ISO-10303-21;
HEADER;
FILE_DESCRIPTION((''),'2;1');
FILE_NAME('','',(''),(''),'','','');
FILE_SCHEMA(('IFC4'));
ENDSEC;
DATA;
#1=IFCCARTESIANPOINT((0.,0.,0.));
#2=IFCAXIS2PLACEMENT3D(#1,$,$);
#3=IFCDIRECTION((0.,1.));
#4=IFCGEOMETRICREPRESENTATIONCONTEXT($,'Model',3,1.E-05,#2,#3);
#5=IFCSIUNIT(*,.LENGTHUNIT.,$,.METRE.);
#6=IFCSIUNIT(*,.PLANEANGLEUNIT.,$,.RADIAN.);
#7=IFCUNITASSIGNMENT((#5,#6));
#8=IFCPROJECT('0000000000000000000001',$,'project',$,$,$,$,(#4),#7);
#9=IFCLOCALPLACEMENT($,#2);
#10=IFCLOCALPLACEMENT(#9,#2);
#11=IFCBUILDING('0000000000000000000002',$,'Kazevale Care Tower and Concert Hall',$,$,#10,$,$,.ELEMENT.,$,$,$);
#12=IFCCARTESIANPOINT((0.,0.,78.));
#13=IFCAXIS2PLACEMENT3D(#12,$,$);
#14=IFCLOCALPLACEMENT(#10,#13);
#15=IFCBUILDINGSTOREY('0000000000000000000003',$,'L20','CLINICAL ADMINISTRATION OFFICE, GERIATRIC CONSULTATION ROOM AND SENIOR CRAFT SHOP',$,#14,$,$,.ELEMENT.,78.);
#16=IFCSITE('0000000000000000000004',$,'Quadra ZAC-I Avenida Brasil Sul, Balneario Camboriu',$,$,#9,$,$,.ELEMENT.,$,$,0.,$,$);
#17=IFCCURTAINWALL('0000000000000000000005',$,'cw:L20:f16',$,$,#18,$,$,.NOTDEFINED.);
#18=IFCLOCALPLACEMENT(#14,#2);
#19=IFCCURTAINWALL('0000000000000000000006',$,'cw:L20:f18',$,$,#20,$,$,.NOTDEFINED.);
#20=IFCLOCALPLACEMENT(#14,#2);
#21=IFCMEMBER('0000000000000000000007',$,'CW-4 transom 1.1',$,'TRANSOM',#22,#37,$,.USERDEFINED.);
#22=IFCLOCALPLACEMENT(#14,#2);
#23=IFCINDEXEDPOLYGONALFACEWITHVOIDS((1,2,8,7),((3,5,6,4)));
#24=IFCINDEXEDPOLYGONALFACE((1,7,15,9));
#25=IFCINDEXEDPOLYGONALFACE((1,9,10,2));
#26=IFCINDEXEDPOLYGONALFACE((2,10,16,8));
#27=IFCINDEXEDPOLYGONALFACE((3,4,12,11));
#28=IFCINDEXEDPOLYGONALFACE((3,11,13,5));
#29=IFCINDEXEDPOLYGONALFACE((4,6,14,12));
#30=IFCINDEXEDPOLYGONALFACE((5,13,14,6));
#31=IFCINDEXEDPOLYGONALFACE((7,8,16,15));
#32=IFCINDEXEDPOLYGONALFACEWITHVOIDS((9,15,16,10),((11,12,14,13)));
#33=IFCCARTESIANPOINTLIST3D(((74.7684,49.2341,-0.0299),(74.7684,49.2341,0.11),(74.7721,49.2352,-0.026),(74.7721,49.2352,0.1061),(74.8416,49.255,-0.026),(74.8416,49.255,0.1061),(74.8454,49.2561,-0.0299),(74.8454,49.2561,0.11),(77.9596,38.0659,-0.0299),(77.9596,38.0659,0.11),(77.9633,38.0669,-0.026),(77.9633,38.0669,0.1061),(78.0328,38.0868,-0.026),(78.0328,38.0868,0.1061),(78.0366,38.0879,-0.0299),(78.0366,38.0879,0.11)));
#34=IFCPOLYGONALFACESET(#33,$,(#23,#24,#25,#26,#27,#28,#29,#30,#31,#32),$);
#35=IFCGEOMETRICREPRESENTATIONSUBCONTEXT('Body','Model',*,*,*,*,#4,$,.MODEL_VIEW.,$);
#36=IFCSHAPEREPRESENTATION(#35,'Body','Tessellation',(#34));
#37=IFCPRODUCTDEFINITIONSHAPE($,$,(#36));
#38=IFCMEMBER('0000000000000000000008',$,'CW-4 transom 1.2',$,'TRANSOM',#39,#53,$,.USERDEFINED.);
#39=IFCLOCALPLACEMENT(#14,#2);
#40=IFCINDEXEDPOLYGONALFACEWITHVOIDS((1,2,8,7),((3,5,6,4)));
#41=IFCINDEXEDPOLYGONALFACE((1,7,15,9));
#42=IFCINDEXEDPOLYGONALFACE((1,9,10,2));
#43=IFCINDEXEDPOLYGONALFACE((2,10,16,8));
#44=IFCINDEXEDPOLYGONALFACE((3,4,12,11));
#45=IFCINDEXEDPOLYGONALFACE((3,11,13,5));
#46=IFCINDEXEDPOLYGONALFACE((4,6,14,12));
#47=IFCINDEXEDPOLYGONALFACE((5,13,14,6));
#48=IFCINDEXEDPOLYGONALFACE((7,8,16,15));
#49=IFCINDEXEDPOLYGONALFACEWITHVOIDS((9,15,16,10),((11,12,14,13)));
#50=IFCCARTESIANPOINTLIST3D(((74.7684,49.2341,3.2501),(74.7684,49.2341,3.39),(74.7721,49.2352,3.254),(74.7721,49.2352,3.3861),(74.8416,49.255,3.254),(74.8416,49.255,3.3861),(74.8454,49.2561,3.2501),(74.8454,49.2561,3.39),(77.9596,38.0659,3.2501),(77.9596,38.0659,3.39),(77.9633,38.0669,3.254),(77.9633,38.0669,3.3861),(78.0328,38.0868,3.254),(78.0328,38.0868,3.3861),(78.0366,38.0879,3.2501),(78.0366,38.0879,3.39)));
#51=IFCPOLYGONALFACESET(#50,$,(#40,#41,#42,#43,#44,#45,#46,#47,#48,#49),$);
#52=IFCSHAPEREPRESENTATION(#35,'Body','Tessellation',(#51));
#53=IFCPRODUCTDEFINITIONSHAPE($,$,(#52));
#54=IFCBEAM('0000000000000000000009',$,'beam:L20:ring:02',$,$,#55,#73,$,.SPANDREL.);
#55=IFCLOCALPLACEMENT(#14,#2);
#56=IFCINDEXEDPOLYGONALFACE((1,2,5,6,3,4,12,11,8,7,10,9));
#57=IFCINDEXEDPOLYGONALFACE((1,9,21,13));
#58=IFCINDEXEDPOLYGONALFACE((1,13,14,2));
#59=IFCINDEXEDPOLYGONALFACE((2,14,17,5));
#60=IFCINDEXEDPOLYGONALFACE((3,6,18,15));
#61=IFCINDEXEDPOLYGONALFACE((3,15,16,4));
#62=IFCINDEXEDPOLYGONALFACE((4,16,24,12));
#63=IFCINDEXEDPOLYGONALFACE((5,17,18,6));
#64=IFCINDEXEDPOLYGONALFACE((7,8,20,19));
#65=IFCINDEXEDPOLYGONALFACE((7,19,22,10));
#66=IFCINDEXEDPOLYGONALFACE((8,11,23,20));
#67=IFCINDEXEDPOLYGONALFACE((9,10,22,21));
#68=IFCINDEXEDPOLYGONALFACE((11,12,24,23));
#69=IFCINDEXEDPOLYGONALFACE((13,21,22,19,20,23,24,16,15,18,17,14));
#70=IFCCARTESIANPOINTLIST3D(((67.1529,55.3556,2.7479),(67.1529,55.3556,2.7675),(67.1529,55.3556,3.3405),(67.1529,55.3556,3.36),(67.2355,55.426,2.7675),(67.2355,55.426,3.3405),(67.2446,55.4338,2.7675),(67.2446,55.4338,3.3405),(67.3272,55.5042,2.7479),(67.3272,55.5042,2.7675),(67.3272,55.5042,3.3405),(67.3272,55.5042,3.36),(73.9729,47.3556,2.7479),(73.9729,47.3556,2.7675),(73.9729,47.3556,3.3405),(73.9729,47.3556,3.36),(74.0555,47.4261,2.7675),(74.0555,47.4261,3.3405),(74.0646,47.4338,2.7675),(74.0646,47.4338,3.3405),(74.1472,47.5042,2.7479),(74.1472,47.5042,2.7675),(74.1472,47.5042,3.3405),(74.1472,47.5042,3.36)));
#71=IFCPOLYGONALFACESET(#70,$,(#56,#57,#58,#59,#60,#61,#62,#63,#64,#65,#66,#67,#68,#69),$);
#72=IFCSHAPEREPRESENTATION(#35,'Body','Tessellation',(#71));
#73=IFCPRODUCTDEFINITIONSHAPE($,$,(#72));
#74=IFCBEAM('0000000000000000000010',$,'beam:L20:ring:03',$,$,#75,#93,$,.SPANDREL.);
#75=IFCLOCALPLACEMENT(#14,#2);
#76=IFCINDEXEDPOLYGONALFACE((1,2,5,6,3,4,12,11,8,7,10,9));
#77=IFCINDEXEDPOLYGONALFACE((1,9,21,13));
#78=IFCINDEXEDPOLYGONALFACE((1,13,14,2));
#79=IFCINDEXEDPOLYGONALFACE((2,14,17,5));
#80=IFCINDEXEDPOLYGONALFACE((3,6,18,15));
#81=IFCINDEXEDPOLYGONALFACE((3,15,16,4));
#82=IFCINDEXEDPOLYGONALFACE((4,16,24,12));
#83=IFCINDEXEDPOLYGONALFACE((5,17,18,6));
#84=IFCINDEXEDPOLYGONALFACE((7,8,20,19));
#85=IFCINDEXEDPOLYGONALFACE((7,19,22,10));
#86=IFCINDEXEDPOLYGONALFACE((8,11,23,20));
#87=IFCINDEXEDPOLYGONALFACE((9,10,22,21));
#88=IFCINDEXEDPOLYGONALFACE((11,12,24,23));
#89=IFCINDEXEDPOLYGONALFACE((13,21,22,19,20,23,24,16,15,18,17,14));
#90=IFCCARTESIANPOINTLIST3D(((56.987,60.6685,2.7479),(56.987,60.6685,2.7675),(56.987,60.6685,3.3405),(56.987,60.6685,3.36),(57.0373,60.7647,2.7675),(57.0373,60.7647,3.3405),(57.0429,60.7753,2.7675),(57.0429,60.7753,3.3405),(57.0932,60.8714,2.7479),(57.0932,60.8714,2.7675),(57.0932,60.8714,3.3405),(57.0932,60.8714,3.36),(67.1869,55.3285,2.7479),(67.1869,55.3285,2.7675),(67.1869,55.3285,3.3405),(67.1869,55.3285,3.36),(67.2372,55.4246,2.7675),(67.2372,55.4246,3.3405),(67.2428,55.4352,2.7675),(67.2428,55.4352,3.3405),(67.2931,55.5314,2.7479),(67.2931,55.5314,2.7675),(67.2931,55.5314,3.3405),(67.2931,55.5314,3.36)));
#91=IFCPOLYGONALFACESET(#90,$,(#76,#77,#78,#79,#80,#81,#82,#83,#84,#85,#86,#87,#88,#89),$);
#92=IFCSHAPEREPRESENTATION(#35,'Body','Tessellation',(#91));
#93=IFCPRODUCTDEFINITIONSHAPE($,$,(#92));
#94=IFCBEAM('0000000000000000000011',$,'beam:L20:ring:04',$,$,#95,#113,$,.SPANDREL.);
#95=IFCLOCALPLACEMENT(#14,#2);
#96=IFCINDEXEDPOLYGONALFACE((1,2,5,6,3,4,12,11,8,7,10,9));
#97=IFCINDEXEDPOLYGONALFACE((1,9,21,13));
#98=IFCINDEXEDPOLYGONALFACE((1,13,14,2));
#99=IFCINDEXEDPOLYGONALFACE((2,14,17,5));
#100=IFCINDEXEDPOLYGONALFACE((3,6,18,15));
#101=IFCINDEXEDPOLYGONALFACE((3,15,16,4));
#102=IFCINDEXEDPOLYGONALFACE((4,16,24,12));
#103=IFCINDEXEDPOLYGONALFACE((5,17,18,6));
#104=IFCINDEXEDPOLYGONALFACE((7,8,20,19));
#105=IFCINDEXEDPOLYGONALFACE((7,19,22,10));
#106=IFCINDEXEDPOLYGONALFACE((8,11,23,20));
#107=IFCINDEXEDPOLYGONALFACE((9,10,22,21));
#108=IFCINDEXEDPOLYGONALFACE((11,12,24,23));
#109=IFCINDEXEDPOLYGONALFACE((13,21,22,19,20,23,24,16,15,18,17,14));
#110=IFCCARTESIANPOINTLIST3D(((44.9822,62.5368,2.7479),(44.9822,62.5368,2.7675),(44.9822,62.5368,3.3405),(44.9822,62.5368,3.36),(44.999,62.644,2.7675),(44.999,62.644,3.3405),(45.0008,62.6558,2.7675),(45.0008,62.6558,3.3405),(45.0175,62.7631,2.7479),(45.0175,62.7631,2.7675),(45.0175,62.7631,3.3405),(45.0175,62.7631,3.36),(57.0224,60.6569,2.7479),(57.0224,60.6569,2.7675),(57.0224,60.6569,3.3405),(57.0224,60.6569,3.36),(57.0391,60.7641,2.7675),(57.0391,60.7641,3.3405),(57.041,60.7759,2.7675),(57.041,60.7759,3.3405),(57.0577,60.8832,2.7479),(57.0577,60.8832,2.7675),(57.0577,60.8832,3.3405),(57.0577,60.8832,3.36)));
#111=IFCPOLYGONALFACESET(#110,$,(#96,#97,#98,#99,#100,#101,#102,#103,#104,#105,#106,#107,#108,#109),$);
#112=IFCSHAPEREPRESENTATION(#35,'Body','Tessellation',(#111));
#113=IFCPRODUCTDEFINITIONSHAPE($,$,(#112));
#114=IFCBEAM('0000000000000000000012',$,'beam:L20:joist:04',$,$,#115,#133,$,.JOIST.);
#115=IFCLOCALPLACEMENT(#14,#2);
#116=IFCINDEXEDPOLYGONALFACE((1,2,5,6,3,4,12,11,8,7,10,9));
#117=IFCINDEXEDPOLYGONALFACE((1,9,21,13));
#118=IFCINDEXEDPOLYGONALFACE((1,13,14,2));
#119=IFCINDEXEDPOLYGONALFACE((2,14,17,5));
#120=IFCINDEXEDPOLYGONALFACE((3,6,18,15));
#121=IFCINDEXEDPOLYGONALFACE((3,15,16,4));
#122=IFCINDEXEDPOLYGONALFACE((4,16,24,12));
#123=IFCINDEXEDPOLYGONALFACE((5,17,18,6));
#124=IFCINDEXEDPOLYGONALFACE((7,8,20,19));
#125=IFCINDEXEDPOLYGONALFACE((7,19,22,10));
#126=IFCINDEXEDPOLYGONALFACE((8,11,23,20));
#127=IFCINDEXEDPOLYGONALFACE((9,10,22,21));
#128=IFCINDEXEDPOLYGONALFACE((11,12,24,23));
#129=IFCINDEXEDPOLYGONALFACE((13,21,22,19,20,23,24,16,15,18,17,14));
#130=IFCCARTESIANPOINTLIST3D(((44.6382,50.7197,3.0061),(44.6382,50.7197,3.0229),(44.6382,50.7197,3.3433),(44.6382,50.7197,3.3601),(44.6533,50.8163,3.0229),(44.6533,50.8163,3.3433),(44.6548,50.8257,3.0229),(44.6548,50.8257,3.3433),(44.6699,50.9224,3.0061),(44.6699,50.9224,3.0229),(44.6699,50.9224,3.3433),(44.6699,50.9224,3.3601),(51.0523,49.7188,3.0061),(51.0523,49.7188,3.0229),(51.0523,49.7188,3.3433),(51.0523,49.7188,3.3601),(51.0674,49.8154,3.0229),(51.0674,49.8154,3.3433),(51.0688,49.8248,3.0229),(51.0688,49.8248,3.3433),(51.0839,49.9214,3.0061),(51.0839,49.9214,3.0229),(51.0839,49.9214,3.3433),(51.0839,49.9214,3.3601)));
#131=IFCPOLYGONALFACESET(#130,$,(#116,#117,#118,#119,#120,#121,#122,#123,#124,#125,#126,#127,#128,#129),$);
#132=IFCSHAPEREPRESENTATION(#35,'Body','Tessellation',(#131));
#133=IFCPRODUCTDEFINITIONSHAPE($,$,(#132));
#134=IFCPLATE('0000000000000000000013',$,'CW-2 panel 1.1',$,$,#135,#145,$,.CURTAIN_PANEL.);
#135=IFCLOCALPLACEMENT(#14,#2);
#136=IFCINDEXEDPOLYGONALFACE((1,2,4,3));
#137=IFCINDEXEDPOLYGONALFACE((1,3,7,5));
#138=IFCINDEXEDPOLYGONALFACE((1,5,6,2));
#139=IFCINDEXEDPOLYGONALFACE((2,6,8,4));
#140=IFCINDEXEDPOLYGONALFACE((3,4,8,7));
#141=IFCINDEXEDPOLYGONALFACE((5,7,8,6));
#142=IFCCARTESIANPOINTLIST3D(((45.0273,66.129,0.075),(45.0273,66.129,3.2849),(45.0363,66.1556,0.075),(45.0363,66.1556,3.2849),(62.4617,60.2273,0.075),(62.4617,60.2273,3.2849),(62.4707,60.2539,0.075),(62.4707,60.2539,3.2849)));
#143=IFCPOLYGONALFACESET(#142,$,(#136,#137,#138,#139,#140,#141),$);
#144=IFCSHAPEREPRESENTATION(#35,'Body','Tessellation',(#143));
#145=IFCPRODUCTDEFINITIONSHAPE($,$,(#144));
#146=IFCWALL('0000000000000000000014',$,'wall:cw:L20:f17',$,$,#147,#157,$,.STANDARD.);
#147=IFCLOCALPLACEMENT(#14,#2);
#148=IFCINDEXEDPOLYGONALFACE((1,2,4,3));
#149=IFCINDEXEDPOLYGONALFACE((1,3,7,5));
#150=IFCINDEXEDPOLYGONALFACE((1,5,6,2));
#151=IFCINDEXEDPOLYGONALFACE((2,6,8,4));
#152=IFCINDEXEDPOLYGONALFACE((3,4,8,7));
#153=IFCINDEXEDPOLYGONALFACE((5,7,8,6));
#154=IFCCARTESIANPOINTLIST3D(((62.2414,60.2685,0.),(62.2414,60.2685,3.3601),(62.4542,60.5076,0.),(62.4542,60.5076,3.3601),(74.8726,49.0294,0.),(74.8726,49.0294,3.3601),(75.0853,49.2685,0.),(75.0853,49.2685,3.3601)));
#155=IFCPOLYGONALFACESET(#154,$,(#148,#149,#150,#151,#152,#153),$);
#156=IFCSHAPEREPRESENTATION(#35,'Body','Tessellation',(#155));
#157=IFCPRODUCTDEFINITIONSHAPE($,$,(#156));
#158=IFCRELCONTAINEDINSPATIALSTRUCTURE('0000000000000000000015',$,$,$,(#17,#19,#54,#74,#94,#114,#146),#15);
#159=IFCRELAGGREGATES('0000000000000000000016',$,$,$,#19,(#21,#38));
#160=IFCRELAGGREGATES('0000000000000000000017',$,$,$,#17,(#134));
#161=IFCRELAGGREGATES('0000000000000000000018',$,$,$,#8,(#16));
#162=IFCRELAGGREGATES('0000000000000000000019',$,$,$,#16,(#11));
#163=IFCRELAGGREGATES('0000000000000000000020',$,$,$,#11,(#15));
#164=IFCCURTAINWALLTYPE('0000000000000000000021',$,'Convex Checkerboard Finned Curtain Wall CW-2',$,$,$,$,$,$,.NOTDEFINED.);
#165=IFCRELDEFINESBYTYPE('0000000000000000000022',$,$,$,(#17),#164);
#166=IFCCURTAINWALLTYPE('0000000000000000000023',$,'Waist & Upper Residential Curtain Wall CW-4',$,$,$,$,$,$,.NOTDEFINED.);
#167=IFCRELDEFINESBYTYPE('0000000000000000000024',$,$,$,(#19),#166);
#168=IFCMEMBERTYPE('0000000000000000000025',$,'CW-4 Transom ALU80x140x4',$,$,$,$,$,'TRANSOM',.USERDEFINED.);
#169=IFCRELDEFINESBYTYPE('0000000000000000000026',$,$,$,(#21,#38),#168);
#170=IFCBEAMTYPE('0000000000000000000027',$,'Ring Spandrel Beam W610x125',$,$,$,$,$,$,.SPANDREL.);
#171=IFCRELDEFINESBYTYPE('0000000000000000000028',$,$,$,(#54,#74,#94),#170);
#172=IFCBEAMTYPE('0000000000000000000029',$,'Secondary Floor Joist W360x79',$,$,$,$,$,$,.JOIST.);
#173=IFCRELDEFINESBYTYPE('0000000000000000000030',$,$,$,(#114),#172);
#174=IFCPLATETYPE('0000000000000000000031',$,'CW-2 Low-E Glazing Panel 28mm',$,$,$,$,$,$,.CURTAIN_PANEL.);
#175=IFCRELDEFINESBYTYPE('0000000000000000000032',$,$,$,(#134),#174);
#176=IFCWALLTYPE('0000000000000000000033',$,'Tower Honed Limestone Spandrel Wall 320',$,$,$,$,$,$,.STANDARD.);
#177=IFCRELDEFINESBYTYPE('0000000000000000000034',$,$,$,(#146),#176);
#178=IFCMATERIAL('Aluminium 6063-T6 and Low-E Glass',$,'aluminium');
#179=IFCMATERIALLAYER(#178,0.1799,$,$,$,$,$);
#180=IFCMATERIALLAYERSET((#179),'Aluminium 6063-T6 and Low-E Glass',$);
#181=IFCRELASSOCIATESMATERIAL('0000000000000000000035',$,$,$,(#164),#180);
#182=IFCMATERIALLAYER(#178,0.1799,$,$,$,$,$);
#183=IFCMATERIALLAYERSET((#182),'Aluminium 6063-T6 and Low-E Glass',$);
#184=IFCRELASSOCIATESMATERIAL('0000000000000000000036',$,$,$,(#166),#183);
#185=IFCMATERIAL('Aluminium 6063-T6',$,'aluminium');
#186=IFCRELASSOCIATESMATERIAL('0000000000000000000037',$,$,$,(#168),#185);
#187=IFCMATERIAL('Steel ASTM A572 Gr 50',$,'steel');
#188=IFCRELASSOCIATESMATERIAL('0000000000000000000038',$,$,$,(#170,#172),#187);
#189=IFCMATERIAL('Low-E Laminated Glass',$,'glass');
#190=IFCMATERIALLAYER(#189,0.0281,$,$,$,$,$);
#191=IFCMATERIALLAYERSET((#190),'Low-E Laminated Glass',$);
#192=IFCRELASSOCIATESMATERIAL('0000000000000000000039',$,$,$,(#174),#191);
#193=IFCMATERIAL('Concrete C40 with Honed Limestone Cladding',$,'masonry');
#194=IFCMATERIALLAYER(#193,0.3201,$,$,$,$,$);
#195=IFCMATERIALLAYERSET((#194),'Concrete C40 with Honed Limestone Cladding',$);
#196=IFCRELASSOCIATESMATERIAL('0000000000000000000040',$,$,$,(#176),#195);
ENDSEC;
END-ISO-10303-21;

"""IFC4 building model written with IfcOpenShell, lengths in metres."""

from ifc_helpers import new_model, si_unit, direction, frame, frame_2d, origin, origin_2d, place, context, subcontext, project, spatial, rectangle, hollow_rectangle, i_section, extrude, material, layer, layer_set, material_profile, profile_set, type_object, element, aggregate, save


model = new_model("IFC4")

# Units and contexts
model_context = context("Model", 3, precision=1e-05, world=origin(), true_north=direction((0.0, 1.0)))
body_context = subcontext(model_context, "Body", "Model", "MODEL_VIEW")
ifc_project = project(units=[si_unit("LENGTHUNIT", "METRE"), si_unit("PLANEANGLEUNIT", "RADIAN")], contexts=[model_context])

# Site, building, storey
site_placement = place(None, origin())
site = spatial("IfcSite", under=ifc_project, at=site_placement, Name="Quadra ZAC-I Avenida Brasil Sul, Balneario Camboriu", CompositionType="ELEMENT", RefElevation=0.0)
building_placement = place(site_placement, origin())
building = spatial("IfcBuilding", under=site, at=building_placement, Name="Kazevale Care Tower and Concert Hall", CompositionType="ELEMENT")
storey_placement = place(building_placement, frame((0.0, 0.0, 78.0)))
storey = spatial("IfcBuildingStorey", under=building, at=storey_placement, Name="L20", Description="CLINICAL ADMINISTRATION OFFICE, GERIATRIC CONSULTATION ROOM AND SENIOR CRAFT SHOP", CompositionType="ELEMENT", Elevation=78.0)

# Curtain wall
ifc_material_1 = material(Name="Aluminium 6063-T6 and Low-E Glass", Category="aluminium")
ifc_layer_1 = layer(ifc_material_1, 0.1799)
ifc_layer_set_1 = layer_set([ifc_layer_1], Name="Aluminium 6063-T6 and Low-E Glass")
curtain_wall_type_1 = type_object("IfcCurtainWallType", Name="Convex Checkerboard Finned Curtain Wall CW-2", PredefinedType="NOTDEFINED", material=ifc_layer_set_1)
curtain_wall_1_placement = place(storey_placement, origin())
curtain_wall_1 = element("IfcCurtainWall", 1, at=curtain_wall_1_placement, inside=storey, type_object=curtain_wall_type_1, Name="cw:L20:f16", PredefinedType="NOTDEFINED")
ifc_material_2 = material(Name="Aluminium 6063-T6", Category="aluminium")

# Curtain wall, members
ifc_layer_2 = layer(ifc_material_1, 0.1799)
ifc_layer_set_2 = layer_set([ifc_layer_2], Name="Aluminium 6063-T6 and Low-E Glass")
curtain_wall_type_2 = type_object("IfcCurtainWallType", Name="Waist & Upper Residential Curtain Wall CW-4", PredefinedType="NOTDEFINED", material=ifc_layer_set_2)
curtain_wall_2_placement = place(storey_placement, origin())
curtain_wall_2 = element("IfcCurtainWall", 2, at=curtain_wall_2_placement, inside=storey, type_object=curtain_wall_type_2, Name="cw:L20:f18", PredefinedType="NOTDEFINED")
ifc_material_profile_1 = material_profile(ifc_material_2, hollow_rectangle(XDim=0.0801, YDim=0.1399, WallThickness=0.0039, at=origin_2d()), Name="ALU80x140x4")
ifc_profile_set_1 = profile_set([ifc_material_profile_1], Name="Aluminium 6063-T6")
member_type_1 = type_object("IfcMemberType", Name="CW-4 Transom ALU80x140x4", ElementType="TRANSOM", PredefinedType="USERDEFINED", material=ifc_profile_set_1)
member_1_placement = place(storey_placement, frame((74.8069, 49.2451, 0.04), z_axis=(0.274741, -0.961518, 0.0), x_axis=(0.961518, 0.274741, 0.0)))
member_1 = element("IfcMember", 3, at=member_1_placement, type_object=member_type_1, Name="CW-4 transom 1.1", ObjectType="TRANSOM", PredefinedType="USERDEFINED", context=body_context, shape_type="SweptSolid", body=[
    extrude(hollow_rectangle(XDim=0.0801, YDim=0.1399, WallThickness=0.0039, at=origin_2d()), origin(), (0.0, 0.0, 1.0), 11.6152),
])
member_2_placement = place(storey_placement, frame((74.8069, 49.2451, 3.3201), z_axis=(0.274741, -0.961518, 0.0), x_axis=(0.961518, 0.274741, 0.0)))
member_2 = element("IfcMember", 4, at=member_2_placement, type_object=member_type_1, Name="CW-4 transom 1.2", ObjectType="TRANSOM", PredefinedType="USERDEFINED", context=body_context, shape_type="SweptSolid", body=[
    extrude(hollow_rectangle(XDim=0.0801, YDim=0.1399, WallThickness=0.0039, at=origin_2d()), origin(), (0.0, 0.0, 1.0), 11.6152),
])
aggregate(curtain_wall_2, [member_1, member_2])

# Beams
ifc_material_3 = material(Name="Steel ASTM A572 Gr 50", Category="steel")
ifc_material_profile_2 = material_profile(ifc_material_3, i_section(OverallWidth=0.229, OverallDepth=0.6121, WebThickness=0.012, FlangeThickness=0.0195, at=origin_2d()), Name="W610x125")
ifc_profile_set_2 = profile_set([ifc_material_profile_2], Name="Steel ASTM A572 Gr 50")
beam_type_1 = type_object("IfcBeamType", Name="Ring Spandrel Beam W610x125", PredefinedType="SPANDREL", material=ifc_profile_set_2)
beam_1_placement = place(storey_placement, frame((74.0601, 47.4299, 3.054), z_axis=(-0.648756, 0.760996, 0.0), x_axis=(-0.760996, -0.648756, 0.0)))
element("IfcBeam", 5, at=beam_1_placement, inside=storey, type_object=beam_type_1, Name="beam:L20:ring:02", PredefinedType="SPANDREL", context=body_context, shape_type="SweptSolid", body=[
    extrude(i_section(OverallWidth=0.229, OverallDepth=0.6121, WebThickness=0.012, FlangeThickness=0.0195, at=origin_2d()), origin(), (0.0, 0.0, 1.0), 10.5125),
])
beam_2_placement = place(storey_placement, frame((67.24, 55.4299, 3.054), z_axis=(-0.885929, 0.46382, 0.0), x_axis=(-0.46382, -0.885929, 0.0)))
element("IfcBeam", 6, at=beam_2_placement, inside=storey, type_object=beam_type_1, Name="beam:L20:ring:03", PredefinedType="SPANDREL", context=body_context, shape_type="SweptSolid", body=[
    extrude(i_section(OverallWidth=0.229, OverallDepth=0.6121, WebThickness=0.012, FlangeThickness=0.0195, at=origin_2d()), origin(), (0.0, 0.0, 1.0), 11.5132),
])
beam_3_placement = place(storey_placement, frame((57.04, 60.77, 3.054), z_axis=(-0.988029, 0.154267, 0.0), x_axis=(-0.154267, -0.988029, 0.0)))
element("IfcBeam", 7, at=beam_3_placement, inside=storey, type_object=beam_type_1, Name="beam:L20:ring:04", PredefinedType="SPANDREL", context=body_context, shape_type="SweptSolid", body=[
    extrude(i_section(OverallWidth=0.229, OverallDepth=0.6121, WebThickness=0.012, FlangeThickness=0.0195, at=origin_2d()), origin(), (0.0, 0.0, 1.0), 12.186),
])
ifc_material_profile_3 = material_profile(ifc_material_3, i_section(OverallWidth=0.2051, OverallDepth=0.354, WebThickness=0.0095, FlangeThickness=0.0168, at=origin_2d()), Name="W360x79")
ifc_profile_set_3 = profile_set([ifc_material_profile_3], Name="Steel ASTM A572 Gr 50")
beam_type_2 = type_object("IfcBeamType", Name="Secondary Floor Joist W360x79", PredefinedType="JOIST", material=ifc_profile_set_3)
beam_4_placement = place(storey_placement, frame((51.0681, 49.8201, 3.1831), z_axis=(-0.988041, 0.154193, 0.0), x_axis=(-0.154193, -0.988041, 0.0)))
element("IfcBeam", 8, at=beam_4_placement, inside=storey, type_object=beam_type_2, Name="beam:L20:joist:04", PredefinedType="JOIST", context=body_context, shape_type="SweptSolid", body=[
    extrude(i_section(OverallWidth=0.2051, OverallDepth=0.354, WebThickness=0.0095, FlangeThickness=0.0168, at=origin_2d()), origin(), (0.0, 0.0, 1.0), 6.4917),
])

# Plate
ifc_material_4 = material(Name="Low-E Laminated Glass", Category="glass")
ifc_layer_3 = layer(ifc_material_4, 0.0281)
ifc_layer_set_3 = layer_set([ifc_layer_3], Name="Low-E Laminated Glass")
plate_type = type_object("IfcPlateType", Name="CW-2 Low-E Glazing Panel 28mm", PredefinedType="CURTAIN_PANEL", material=ifc_layer_set_3)
plate_placement = place(storey_placement, frame((53.749, 63.1914, 0.075), z_axis=(0.0, 0.0, 1.0), x_axis=(0.947203, -0.320636, 0.0)))
plate = element("IfcPlate", 9, at=plate_placement, type_object=plate_type, Name="CW-2 panel 1.1", PredefinedType="CURTAIN_PANEL", context=body_context, shape_type="SweptSolid", body=[
    extrude(rectangle(XDim=18.4062, YDim=0.0281, at=origin_2d()), origin(), (0.0, 0.0, 1.0), 3.21),
])
aggregate(curtain_wall_1, [plate])

# Wall
ifc_material_5 = material(Name="Concrete C40 with Honed Limestone Cladding", Category="masonry")
ifc_layer_4 = layer(ifc_material_5, 0.3201)
ifc_layer_set_4 = layer_set([ifc_layer_4], Name="Concrete C40 with Honed Limestone Cladding")
wall_type = type_object("IfcWallType", Name="Tower Honed Limestone Spandrel Wall 320", PredefinedType="STANDARD", material=ifc_layer_set_4)
wall_placement = place(storey_placement, frame((62.3479, 60.3879, 0.0), z_axis=(0.0, 0.0, 1.0), x_axis=(0.747075, -0.664739, 0.0)))
element("IfcWall", 10, at=wall_placement, inside=storey, type_object=wall_type, Name="wall:cw:L20:f17", PredefinedType="STANDARD", context=body_context, shape_type="SweptSolid", body=[
    extrude(rectangle(XDim=16.9075, YDim=0.3201, at=frame_2d((8.4536, 0.0))), origin(), (0.0, 0.0, 1.0), 3.3601),
])

save(model, "model.ifc")
